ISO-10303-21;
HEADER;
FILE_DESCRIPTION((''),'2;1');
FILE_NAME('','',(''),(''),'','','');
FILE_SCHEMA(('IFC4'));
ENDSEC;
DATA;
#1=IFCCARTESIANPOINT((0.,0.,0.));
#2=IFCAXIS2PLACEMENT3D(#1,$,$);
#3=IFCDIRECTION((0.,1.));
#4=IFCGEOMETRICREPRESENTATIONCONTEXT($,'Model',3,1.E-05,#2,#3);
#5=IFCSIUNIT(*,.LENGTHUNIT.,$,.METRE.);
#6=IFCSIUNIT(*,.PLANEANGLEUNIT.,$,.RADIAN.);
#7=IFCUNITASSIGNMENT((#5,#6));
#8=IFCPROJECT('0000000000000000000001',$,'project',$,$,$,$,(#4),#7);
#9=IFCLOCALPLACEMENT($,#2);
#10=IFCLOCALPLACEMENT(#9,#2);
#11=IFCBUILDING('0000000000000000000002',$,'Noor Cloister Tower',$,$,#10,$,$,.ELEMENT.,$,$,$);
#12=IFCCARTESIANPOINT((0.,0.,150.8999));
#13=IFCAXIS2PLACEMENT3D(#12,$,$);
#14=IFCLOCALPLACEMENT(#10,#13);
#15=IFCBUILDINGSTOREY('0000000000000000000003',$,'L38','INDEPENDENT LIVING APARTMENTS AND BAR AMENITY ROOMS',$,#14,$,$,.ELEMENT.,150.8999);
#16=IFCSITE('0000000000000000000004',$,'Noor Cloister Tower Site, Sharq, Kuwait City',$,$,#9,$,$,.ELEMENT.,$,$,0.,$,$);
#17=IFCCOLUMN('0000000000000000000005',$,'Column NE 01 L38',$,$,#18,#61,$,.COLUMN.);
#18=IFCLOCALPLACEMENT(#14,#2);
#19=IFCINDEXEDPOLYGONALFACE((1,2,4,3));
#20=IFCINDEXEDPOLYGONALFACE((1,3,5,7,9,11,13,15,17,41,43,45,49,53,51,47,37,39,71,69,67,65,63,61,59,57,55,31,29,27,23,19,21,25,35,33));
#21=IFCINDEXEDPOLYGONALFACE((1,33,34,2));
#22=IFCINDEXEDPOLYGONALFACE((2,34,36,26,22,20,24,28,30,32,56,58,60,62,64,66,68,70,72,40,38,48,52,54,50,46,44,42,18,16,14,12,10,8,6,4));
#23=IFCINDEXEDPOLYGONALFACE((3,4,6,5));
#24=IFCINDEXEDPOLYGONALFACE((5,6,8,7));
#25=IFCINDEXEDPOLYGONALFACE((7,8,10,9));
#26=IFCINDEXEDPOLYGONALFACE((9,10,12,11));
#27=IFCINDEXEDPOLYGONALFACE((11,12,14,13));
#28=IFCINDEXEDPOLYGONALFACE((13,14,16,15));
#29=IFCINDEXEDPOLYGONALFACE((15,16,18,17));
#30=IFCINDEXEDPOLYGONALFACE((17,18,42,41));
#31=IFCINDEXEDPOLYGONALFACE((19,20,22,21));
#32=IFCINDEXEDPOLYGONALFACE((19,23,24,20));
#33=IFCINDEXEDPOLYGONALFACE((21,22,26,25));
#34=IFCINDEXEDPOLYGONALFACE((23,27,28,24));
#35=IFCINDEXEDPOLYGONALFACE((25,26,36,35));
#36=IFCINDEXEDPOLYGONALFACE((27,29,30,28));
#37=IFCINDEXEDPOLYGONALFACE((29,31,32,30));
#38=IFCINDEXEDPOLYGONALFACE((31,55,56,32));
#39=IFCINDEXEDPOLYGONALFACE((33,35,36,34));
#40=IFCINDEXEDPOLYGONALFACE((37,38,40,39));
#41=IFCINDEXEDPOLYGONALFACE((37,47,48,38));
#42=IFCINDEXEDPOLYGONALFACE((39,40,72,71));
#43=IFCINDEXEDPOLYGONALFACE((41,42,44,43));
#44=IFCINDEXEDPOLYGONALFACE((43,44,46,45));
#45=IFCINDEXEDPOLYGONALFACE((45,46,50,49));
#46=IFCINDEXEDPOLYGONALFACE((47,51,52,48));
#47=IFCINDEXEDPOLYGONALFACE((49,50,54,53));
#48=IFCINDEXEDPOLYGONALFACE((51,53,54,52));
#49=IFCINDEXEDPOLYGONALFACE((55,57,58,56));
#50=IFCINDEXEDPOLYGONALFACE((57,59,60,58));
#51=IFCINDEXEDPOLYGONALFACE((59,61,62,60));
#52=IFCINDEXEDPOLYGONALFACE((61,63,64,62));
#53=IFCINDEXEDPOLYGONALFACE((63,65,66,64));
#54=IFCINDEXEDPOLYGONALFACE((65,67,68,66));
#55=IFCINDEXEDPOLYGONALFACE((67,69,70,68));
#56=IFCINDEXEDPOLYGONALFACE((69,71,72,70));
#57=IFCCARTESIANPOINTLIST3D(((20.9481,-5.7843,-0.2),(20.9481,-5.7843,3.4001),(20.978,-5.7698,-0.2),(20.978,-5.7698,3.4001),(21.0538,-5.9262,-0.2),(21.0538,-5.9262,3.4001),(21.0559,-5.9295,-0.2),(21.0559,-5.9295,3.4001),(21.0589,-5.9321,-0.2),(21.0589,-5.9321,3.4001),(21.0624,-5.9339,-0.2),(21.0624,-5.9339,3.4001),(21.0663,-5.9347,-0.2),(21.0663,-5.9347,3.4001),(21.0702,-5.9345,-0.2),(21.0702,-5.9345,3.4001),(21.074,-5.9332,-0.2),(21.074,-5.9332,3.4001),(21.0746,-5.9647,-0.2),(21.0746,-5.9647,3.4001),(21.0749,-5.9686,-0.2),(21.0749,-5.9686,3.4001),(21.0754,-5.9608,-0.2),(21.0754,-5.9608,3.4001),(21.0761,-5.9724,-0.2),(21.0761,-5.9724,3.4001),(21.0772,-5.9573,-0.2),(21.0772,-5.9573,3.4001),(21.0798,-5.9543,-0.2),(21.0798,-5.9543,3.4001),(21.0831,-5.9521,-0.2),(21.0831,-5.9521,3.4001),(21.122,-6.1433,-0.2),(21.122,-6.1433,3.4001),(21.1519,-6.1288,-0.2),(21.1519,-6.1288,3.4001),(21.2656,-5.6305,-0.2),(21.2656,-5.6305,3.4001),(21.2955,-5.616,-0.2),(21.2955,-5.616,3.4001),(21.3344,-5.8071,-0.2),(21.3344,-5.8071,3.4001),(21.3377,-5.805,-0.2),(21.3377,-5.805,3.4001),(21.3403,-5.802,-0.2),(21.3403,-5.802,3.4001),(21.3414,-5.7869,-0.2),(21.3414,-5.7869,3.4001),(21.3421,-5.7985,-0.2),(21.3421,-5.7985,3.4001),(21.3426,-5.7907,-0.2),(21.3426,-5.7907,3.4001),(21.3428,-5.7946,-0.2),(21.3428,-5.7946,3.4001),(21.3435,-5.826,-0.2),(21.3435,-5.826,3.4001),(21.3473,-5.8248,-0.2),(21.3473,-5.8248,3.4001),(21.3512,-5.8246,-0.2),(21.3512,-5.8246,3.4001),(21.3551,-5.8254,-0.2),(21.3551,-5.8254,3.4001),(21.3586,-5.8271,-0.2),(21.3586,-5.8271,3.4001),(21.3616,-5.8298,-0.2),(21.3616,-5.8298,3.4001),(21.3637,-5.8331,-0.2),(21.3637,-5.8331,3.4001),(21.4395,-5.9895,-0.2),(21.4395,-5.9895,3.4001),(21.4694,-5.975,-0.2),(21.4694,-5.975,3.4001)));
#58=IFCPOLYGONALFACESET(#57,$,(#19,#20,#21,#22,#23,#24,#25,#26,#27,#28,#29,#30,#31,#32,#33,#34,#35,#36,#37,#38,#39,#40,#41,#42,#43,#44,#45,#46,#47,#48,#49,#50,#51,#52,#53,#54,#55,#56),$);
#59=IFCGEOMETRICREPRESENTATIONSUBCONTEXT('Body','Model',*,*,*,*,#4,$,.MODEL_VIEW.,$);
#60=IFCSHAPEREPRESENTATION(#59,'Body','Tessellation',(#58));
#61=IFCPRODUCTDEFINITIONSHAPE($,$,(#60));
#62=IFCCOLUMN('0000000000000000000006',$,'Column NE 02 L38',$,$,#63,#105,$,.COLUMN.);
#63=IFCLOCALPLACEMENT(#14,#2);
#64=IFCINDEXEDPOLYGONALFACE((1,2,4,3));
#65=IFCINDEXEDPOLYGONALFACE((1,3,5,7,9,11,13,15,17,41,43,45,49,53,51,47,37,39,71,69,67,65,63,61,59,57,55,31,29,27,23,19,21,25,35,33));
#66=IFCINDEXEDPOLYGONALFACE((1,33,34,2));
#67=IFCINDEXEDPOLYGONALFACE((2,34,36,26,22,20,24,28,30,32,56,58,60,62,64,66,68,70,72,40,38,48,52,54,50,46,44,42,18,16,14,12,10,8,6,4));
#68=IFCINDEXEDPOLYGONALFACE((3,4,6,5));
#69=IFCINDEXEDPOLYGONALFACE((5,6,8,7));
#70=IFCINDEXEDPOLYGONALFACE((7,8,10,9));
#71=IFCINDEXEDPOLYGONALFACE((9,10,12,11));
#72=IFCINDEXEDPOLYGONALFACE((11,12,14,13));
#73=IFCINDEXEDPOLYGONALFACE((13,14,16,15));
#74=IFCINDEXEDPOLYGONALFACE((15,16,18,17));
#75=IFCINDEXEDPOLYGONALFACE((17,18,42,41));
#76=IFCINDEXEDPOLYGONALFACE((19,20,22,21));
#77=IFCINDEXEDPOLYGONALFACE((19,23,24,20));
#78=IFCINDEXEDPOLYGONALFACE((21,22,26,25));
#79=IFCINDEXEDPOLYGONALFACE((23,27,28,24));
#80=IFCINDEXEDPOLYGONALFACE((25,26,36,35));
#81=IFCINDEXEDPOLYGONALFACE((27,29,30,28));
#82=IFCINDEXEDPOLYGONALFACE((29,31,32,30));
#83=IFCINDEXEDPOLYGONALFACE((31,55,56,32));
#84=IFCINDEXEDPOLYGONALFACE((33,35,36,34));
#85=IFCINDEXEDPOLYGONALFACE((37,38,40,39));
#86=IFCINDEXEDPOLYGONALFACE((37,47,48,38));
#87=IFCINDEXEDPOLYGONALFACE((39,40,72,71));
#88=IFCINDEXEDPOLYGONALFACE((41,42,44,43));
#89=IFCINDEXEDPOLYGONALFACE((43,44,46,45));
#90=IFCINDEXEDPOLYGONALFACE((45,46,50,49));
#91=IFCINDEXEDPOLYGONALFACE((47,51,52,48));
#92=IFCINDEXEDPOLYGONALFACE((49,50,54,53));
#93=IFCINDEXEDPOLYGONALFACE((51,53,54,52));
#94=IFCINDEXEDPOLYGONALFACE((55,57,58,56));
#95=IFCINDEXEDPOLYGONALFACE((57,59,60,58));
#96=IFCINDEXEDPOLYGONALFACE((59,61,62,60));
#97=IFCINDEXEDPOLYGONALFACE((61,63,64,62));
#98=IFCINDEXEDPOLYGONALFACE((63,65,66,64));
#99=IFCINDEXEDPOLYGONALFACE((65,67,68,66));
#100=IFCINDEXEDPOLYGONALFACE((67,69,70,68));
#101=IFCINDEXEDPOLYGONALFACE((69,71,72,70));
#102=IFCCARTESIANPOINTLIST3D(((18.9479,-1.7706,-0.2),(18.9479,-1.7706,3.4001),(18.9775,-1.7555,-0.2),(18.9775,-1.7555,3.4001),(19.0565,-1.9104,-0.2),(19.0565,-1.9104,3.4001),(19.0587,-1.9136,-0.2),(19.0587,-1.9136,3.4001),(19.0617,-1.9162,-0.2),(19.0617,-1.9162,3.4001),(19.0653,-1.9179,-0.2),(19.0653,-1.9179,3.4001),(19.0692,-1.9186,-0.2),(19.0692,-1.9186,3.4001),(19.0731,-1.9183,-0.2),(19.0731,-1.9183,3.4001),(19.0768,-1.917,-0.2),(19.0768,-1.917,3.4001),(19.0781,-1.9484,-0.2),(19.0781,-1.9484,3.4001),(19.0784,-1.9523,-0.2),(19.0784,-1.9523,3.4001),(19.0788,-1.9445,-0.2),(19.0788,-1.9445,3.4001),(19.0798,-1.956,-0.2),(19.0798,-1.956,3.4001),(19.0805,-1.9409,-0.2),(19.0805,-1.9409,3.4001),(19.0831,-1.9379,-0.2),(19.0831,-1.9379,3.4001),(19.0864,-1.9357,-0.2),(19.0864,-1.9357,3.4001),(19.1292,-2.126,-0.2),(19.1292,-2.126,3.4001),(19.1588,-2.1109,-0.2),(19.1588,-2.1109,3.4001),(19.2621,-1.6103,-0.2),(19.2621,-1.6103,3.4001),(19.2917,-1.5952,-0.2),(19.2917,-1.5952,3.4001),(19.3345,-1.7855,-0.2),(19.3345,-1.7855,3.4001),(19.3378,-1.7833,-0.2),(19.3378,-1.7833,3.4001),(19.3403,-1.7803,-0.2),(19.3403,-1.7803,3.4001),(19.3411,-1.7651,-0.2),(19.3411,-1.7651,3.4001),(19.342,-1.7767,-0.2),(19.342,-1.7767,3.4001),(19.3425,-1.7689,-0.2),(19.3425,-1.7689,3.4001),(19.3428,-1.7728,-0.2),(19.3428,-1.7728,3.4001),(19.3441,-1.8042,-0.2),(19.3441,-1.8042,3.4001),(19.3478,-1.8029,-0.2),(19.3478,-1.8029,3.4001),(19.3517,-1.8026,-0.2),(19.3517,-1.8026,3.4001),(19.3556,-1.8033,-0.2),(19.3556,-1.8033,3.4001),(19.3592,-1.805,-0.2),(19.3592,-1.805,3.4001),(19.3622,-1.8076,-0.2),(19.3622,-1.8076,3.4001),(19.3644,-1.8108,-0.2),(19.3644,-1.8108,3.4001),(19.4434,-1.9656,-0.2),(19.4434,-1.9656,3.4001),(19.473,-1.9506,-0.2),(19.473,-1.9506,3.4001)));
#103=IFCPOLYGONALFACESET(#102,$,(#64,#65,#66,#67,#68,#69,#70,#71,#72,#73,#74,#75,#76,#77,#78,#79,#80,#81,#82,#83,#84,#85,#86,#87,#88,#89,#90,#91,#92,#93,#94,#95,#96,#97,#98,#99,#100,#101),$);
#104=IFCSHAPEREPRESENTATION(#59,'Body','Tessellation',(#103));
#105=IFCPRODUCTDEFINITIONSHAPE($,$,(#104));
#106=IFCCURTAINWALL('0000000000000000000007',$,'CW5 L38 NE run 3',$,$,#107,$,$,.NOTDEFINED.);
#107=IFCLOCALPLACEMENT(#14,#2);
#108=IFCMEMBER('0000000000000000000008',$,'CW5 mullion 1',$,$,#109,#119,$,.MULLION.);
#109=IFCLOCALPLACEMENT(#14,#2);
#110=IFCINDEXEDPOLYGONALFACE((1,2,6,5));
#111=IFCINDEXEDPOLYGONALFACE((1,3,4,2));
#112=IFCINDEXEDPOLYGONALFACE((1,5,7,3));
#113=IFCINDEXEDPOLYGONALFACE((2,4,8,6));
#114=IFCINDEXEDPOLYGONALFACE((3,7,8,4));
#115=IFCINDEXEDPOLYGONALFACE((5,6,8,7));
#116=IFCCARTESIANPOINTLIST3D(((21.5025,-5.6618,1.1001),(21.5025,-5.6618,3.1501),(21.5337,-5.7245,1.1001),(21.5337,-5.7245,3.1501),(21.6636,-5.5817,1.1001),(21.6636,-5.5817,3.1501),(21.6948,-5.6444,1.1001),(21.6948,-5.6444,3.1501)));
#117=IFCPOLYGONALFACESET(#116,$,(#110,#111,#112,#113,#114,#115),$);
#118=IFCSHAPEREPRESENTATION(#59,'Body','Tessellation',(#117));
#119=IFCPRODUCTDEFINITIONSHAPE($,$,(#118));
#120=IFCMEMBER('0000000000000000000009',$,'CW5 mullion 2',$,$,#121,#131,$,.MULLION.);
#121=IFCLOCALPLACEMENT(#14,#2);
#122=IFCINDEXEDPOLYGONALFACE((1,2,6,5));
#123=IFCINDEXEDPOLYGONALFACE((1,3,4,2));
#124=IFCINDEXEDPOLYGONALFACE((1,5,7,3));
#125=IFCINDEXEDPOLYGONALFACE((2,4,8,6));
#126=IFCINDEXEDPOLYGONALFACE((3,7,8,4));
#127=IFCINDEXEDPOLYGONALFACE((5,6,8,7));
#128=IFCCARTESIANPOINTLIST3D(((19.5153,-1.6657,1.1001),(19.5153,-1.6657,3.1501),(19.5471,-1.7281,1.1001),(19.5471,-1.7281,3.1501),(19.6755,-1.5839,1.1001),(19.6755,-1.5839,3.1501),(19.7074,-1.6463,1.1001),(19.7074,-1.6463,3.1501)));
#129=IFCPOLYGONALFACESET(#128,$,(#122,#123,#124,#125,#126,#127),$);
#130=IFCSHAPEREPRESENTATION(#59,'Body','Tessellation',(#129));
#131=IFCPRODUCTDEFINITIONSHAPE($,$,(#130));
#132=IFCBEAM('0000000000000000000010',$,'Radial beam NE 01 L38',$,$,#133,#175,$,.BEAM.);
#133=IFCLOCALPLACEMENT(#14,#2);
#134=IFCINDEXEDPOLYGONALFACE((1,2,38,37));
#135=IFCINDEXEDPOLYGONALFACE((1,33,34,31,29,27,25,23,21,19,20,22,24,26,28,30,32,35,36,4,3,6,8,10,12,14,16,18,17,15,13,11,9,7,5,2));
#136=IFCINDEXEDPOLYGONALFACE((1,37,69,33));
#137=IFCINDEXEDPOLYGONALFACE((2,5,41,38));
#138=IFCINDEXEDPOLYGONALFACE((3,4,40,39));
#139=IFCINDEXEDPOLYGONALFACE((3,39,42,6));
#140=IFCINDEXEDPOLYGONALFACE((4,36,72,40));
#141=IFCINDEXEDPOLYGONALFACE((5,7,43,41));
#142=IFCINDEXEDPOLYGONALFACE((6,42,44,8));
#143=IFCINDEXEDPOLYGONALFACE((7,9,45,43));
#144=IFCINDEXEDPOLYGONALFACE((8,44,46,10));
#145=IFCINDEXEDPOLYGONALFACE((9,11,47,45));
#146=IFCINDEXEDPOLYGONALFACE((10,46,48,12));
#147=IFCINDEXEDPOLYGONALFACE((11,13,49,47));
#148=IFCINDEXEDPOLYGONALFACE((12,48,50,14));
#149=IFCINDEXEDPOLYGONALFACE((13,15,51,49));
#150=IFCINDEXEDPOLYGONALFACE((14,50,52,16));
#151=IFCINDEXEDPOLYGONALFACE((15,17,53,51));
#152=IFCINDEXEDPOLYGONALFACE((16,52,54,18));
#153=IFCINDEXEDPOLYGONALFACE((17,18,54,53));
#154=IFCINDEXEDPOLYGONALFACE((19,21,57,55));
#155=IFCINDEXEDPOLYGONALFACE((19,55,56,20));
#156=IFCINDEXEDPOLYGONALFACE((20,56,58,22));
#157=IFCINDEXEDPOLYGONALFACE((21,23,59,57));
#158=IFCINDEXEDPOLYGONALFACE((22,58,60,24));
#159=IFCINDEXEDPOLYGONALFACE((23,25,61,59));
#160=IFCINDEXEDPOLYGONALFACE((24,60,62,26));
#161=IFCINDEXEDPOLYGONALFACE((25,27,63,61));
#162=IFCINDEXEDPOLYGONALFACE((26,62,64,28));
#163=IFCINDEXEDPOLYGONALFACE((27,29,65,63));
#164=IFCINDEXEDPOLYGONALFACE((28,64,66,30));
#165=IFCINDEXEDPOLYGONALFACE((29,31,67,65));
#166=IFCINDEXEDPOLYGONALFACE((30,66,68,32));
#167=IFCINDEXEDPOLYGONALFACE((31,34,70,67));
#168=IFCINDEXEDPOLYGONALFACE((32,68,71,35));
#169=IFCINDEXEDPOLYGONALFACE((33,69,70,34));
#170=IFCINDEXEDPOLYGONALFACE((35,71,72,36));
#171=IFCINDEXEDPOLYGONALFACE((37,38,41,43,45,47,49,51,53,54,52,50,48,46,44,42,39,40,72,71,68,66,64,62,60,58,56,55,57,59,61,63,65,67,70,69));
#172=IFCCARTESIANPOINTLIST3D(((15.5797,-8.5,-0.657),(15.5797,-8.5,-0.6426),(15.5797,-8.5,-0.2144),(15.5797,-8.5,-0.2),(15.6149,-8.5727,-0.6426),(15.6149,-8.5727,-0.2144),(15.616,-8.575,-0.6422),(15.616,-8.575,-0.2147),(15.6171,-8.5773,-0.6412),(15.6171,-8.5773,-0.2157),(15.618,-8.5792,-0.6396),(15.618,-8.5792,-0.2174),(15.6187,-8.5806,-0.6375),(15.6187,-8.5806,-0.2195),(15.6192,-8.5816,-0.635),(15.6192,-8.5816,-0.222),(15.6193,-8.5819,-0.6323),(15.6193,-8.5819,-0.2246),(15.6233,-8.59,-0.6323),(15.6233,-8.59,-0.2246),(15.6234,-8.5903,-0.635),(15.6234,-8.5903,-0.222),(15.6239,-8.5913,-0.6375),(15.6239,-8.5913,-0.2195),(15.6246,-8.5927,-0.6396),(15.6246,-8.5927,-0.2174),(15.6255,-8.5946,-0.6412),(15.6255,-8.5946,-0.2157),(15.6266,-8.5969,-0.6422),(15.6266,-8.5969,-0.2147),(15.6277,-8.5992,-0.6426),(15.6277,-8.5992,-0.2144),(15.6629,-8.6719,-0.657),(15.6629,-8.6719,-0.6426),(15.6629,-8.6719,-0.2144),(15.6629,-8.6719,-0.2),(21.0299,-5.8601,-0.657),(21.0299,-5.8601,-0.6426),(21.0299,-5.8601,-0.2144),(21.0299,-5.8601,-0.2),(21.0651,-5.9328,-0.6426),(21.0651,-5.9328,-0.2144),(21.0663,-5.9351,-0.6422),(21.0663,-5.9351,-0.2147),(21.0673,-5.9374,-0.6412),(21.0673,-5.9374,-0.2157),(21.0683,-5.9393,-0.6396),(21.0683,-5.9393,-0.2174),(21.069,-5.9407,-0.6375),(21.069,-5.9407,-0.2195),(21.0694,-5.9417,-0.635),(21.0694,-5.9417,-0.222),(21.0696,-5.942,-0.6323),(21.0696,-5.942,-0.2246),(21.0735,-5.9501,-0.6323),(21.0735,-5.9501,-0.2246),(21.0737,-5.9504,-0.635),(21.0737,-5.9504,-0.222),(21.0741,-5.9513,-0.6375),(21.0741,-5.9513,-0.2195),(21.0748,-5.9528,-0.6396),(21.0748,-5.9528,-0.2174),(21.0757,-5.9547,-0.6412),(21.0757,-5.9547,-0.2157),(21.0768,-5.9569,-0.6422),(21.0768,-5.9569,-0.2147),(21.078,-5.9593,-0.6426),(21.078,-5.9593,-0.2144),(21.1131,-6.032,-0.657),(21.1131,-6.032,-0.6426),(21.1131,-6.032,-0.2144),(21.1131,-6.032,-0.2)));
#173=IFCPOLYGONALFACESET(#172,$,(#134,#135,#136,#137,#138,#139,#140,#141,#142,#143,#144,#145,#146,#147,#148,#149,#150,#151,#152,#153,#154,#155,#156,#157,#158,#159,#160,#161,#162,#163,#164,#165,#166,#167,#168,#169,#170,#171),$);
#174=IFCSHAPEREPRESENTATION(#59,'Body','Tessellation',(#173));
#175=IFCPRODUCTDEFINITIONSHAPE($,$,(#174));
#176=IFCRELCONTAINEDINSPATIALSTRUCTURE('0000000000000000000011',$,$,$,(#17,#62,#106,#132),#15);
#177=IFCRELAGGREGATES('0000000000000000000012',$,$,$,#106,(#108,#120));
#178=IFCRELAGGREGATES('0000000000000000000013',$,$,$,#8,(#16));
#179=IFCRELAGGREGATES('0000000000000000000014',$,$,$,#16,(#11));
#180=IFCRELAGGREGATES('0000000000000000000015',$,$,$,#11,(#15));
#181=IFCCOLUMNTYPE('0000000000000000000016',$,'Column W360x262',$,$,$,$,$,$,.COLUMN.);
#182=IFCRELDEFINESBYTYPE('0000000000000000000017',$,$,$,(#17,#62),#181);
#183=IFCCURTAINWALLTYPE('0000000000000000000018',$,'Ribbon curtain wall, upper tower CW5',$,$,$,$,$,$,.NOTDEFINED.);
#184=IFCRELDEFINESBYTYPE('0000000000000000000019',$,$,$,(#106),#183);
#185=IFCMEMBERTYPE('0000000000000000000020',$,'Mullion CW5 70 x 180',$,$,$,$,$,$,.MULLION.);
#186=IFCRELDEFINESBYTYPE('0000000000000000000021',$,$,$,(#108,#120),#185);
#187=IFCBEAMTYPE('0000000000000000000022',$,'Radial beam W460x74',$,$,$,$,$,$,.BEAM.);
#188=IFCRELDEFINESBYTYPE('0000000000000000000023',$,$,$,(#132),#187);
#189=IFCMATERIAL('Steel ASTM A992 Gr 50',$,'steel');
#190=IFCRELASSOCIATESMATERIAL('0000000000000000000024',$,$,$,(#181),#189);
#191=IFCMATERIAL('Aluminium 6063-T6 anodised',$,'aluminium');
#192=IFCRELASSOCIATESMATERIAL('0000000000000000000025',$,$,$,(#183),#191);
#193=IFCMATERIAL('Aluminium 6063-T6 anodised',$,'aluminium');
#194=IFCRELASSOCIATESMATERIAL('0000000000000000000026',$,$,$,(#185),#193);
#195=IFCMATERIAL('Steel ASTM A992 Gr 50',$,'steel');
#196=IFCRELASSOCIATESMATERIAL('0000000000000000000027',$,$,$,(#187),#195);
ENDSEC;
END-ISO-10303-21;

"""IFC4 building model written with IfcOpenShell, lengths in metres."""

from ifc_helpers import new_model, si_unit, direction, frame, origin, origin_2d, place, context, subcontext, project, spatial, rectangle, i_section, extrude, material, material_profile, profile_set, type_object, element, aggregate, save


model = new_model("IFC4")

# Units and contexts
model_context = context("Model", 3, precision=1e-05, world=origin(), true_north=direction((0.0, 1.0)))
body_context = subcontext(model_context, "Body", "Model", "MODEL_VIEW")
ifc_project = project(units=[si_unit("LENGTHUNIT", "METRE"), si_unit("PLANEANGLEUNIT", "RADIAN")], contexts=[model_context])

# Site, building, storey
site_placement = place(None, origin())
site = spatial("IfcSite", under=ifc_project, at=site_placement, Name="Noor Cloister Tower Site, Sharq, Kuwait City", CompositionType="ELEMENT", RefElevation=0.0)
building_placement = place(site_placement, origin())
building = spatial("IfcBuilding", under=site, at=building_placement, Name="Noor Cloister Tower", CompositionType="ELEMENT")
storey_placement = place(building_placement, frame((0.0, 0.0, 150.8999)))
storey = spatial("IfcBuildingStorey", under=building, at=storey_placement, Name="L38", Description="INDEPENDENT LIVING APARTMENTS AND BAR AMENITY ROOMS", CompositionType="ELEMENT", Elevation=150.8999)

# Columns
ifc_material_1 = material(Name="Steel ASTM A992 Gr 50", Category="steel")
ifc_material_profile_1 = material_profile(ifc_material_1, i_section(OverallWidth=0.3989, OverallDepth=0.386, WebThickness=0.021, FlangeThickness=0.0332, FilletRadius=0.0151, at=origin_2d()), Name="W360x262")
ifc_profile_set_1 = profile_set([ifc_material_profile_1], Name="Steel ASTM A992 Gr 50")
column_type = type_object("IfcColumnType", Name="Column W360x262", PredefinedType="COLUMN", material=ifc_profile_set_1)
for number, where, z_axis, x_axis, name in (
    (1, (21.2087, -5.8796, -0.2), (0.0, 0.0, 1.0), (-0.435909, 0.899991, 0.0), "Column NE 01 L38"),
    (2, (19.2104, -1.8606, -0.2), (0.0, 0.0, 1.0), (-0.45447, 0.890762, 0.0), "Column NE 02 L38"),
):
    element("IfcColumn", number, at=place(storey_placement, frame(where, z_axis=z_axis, x_axis=x_axis)), inside=storey, type_object=column_type, Name=name, PredefinedType="COLUMN", context=body_context, shape_type="SweptSolid", body=[
        extrude(i_section(OverallWidth=0.3989, OverallDepth=0.386, WebThickness=0.021, FlangeThickness=0.0332, FilletRadius=0.0151, at=origin_2d()), origin(), (0.0, 0.0, 1.0), 3.6001),
    ])

# Curtain wall, members
ifc_material_2 = material(Name="Aluminium 6063-T6 anodised", Category="aluminium")
curtain_wall_type = type_object("IfcCurtainWallType", Name="Ribbon curtain wall, upper tower CW5", PredefinedType="NOTDEFINED", material=ifc_material_2)
curtain_wall_placement = place(storey_placement, origin())
curtain_wall = element("IfcCurtainWall", 3, at=curtain_wall_placement, inside=storey, type_object=curtain_wall_type, Name="CW5 L38 NE run 3", PredefinedType="NOTDEFINED")
ifc_material_3 = material(Name="Aluminium 6063-T6 anodised", Category="aluminium")
ifc_material_profile_2 = material_profile(ifc_material_3, rectangle(XDim=0.1799, YDim=0.0701, at=origin_2d()), Name="180 x 70 mullion")
ifc_profile_set_2 = profile_set([ifc_material_profile_2], Name="Aluminium 6063-T6 anodised")
member_type = type_object("IfcMemberType", Name="Mullion CW5 70 x 180", PredefinedType="MULLION", material=ifc_profile_set_2)
member_1_placement = place(storey_placement, frame((21.5986, -5.6531, 1.1001), z_axis=(0.0, 0.0, 1.0), x_axis=(-0.895424, -0.445213, 0.0)))
member_1 = element("IfcMember", 4, at=member_1_placement, type_object=member_type, Name="CW5 mullion 1", PredefinedType="MULLION", context=body_context, shape_type="SweptSolid", body=[
    extrude(rectangle(XDim=0.1799, YDim=0.0701, at=origin_2d()), origin(), (0.0, 0.0, 1.0), 2.05),
])
member_2_placement = place(storey_placement, frame((19.6113, -1.656, 1.1001), z_axis=(0.0, 0.0, 1.0), x_axis=(-0.890762, -0.45447, 0.0)))
member_2 = element("IfcMember", 5, at=member_2_placement, type_object=member_type, Name="CW5 mullion 2", PredefinedType="MULLION", context=body_context, shape_type="SweptSolid", body=[
    extrude(rectangle(XDim=0.1799, YDim=0.0701, at=origin_2d()), origin(), (0.0, 0.0, 1.0), 2.05),
])

# Beam
ifc_material_4 = material(Name="Steel ASTM A992 Gr 50", Category="steel")
ifc_material_profile_3 = material_profile(ifc_material_4, i_section(OverallWidth=0.1909, OverallDepth=0.457, WebThickness=0.009, FlangeThickness=0.0144, FilletRadius=0.0103, at=origin_2d()), Name="W460x74")
ifc_profile_set_3 = profile_set([ifc_material_profile_3], Name="Steel ASTM A992 Gr 50")
beam_type_1 = type_object("IfcBeamType", Name="Radial beam W460x74", PredefinedType="BEAM", material=ifc_profile_set_3)
beam_1_placement = place(storey_placement, frame((21.0715, -5.946, -0.4285), z_axis=(-0.899984, -0.435922, 0.0), x_axis=(0.435922, -0.899984, 0.0)))
element("IfcBeam", 6, at=beam_1_placement, inside=storey, type_object=beam_type_1, Name="Radial beam NE 01 L38", PredefinedType="BEAM", context=body_context, shape_type="SweptSolid", body=[
    extrude(i_section(OverallWidth=0.1909, OverallDepth=0.457, WebThickness=0.009, FlangeThickness=0.0144, FilletRadius=0.0103, at=origin_2d()), origin(), (0.0, 0.0, 1.0), 6.0559),
])

aggregate(curtain_wall, [member_1, member_2])

save(model, "model.ifc")
